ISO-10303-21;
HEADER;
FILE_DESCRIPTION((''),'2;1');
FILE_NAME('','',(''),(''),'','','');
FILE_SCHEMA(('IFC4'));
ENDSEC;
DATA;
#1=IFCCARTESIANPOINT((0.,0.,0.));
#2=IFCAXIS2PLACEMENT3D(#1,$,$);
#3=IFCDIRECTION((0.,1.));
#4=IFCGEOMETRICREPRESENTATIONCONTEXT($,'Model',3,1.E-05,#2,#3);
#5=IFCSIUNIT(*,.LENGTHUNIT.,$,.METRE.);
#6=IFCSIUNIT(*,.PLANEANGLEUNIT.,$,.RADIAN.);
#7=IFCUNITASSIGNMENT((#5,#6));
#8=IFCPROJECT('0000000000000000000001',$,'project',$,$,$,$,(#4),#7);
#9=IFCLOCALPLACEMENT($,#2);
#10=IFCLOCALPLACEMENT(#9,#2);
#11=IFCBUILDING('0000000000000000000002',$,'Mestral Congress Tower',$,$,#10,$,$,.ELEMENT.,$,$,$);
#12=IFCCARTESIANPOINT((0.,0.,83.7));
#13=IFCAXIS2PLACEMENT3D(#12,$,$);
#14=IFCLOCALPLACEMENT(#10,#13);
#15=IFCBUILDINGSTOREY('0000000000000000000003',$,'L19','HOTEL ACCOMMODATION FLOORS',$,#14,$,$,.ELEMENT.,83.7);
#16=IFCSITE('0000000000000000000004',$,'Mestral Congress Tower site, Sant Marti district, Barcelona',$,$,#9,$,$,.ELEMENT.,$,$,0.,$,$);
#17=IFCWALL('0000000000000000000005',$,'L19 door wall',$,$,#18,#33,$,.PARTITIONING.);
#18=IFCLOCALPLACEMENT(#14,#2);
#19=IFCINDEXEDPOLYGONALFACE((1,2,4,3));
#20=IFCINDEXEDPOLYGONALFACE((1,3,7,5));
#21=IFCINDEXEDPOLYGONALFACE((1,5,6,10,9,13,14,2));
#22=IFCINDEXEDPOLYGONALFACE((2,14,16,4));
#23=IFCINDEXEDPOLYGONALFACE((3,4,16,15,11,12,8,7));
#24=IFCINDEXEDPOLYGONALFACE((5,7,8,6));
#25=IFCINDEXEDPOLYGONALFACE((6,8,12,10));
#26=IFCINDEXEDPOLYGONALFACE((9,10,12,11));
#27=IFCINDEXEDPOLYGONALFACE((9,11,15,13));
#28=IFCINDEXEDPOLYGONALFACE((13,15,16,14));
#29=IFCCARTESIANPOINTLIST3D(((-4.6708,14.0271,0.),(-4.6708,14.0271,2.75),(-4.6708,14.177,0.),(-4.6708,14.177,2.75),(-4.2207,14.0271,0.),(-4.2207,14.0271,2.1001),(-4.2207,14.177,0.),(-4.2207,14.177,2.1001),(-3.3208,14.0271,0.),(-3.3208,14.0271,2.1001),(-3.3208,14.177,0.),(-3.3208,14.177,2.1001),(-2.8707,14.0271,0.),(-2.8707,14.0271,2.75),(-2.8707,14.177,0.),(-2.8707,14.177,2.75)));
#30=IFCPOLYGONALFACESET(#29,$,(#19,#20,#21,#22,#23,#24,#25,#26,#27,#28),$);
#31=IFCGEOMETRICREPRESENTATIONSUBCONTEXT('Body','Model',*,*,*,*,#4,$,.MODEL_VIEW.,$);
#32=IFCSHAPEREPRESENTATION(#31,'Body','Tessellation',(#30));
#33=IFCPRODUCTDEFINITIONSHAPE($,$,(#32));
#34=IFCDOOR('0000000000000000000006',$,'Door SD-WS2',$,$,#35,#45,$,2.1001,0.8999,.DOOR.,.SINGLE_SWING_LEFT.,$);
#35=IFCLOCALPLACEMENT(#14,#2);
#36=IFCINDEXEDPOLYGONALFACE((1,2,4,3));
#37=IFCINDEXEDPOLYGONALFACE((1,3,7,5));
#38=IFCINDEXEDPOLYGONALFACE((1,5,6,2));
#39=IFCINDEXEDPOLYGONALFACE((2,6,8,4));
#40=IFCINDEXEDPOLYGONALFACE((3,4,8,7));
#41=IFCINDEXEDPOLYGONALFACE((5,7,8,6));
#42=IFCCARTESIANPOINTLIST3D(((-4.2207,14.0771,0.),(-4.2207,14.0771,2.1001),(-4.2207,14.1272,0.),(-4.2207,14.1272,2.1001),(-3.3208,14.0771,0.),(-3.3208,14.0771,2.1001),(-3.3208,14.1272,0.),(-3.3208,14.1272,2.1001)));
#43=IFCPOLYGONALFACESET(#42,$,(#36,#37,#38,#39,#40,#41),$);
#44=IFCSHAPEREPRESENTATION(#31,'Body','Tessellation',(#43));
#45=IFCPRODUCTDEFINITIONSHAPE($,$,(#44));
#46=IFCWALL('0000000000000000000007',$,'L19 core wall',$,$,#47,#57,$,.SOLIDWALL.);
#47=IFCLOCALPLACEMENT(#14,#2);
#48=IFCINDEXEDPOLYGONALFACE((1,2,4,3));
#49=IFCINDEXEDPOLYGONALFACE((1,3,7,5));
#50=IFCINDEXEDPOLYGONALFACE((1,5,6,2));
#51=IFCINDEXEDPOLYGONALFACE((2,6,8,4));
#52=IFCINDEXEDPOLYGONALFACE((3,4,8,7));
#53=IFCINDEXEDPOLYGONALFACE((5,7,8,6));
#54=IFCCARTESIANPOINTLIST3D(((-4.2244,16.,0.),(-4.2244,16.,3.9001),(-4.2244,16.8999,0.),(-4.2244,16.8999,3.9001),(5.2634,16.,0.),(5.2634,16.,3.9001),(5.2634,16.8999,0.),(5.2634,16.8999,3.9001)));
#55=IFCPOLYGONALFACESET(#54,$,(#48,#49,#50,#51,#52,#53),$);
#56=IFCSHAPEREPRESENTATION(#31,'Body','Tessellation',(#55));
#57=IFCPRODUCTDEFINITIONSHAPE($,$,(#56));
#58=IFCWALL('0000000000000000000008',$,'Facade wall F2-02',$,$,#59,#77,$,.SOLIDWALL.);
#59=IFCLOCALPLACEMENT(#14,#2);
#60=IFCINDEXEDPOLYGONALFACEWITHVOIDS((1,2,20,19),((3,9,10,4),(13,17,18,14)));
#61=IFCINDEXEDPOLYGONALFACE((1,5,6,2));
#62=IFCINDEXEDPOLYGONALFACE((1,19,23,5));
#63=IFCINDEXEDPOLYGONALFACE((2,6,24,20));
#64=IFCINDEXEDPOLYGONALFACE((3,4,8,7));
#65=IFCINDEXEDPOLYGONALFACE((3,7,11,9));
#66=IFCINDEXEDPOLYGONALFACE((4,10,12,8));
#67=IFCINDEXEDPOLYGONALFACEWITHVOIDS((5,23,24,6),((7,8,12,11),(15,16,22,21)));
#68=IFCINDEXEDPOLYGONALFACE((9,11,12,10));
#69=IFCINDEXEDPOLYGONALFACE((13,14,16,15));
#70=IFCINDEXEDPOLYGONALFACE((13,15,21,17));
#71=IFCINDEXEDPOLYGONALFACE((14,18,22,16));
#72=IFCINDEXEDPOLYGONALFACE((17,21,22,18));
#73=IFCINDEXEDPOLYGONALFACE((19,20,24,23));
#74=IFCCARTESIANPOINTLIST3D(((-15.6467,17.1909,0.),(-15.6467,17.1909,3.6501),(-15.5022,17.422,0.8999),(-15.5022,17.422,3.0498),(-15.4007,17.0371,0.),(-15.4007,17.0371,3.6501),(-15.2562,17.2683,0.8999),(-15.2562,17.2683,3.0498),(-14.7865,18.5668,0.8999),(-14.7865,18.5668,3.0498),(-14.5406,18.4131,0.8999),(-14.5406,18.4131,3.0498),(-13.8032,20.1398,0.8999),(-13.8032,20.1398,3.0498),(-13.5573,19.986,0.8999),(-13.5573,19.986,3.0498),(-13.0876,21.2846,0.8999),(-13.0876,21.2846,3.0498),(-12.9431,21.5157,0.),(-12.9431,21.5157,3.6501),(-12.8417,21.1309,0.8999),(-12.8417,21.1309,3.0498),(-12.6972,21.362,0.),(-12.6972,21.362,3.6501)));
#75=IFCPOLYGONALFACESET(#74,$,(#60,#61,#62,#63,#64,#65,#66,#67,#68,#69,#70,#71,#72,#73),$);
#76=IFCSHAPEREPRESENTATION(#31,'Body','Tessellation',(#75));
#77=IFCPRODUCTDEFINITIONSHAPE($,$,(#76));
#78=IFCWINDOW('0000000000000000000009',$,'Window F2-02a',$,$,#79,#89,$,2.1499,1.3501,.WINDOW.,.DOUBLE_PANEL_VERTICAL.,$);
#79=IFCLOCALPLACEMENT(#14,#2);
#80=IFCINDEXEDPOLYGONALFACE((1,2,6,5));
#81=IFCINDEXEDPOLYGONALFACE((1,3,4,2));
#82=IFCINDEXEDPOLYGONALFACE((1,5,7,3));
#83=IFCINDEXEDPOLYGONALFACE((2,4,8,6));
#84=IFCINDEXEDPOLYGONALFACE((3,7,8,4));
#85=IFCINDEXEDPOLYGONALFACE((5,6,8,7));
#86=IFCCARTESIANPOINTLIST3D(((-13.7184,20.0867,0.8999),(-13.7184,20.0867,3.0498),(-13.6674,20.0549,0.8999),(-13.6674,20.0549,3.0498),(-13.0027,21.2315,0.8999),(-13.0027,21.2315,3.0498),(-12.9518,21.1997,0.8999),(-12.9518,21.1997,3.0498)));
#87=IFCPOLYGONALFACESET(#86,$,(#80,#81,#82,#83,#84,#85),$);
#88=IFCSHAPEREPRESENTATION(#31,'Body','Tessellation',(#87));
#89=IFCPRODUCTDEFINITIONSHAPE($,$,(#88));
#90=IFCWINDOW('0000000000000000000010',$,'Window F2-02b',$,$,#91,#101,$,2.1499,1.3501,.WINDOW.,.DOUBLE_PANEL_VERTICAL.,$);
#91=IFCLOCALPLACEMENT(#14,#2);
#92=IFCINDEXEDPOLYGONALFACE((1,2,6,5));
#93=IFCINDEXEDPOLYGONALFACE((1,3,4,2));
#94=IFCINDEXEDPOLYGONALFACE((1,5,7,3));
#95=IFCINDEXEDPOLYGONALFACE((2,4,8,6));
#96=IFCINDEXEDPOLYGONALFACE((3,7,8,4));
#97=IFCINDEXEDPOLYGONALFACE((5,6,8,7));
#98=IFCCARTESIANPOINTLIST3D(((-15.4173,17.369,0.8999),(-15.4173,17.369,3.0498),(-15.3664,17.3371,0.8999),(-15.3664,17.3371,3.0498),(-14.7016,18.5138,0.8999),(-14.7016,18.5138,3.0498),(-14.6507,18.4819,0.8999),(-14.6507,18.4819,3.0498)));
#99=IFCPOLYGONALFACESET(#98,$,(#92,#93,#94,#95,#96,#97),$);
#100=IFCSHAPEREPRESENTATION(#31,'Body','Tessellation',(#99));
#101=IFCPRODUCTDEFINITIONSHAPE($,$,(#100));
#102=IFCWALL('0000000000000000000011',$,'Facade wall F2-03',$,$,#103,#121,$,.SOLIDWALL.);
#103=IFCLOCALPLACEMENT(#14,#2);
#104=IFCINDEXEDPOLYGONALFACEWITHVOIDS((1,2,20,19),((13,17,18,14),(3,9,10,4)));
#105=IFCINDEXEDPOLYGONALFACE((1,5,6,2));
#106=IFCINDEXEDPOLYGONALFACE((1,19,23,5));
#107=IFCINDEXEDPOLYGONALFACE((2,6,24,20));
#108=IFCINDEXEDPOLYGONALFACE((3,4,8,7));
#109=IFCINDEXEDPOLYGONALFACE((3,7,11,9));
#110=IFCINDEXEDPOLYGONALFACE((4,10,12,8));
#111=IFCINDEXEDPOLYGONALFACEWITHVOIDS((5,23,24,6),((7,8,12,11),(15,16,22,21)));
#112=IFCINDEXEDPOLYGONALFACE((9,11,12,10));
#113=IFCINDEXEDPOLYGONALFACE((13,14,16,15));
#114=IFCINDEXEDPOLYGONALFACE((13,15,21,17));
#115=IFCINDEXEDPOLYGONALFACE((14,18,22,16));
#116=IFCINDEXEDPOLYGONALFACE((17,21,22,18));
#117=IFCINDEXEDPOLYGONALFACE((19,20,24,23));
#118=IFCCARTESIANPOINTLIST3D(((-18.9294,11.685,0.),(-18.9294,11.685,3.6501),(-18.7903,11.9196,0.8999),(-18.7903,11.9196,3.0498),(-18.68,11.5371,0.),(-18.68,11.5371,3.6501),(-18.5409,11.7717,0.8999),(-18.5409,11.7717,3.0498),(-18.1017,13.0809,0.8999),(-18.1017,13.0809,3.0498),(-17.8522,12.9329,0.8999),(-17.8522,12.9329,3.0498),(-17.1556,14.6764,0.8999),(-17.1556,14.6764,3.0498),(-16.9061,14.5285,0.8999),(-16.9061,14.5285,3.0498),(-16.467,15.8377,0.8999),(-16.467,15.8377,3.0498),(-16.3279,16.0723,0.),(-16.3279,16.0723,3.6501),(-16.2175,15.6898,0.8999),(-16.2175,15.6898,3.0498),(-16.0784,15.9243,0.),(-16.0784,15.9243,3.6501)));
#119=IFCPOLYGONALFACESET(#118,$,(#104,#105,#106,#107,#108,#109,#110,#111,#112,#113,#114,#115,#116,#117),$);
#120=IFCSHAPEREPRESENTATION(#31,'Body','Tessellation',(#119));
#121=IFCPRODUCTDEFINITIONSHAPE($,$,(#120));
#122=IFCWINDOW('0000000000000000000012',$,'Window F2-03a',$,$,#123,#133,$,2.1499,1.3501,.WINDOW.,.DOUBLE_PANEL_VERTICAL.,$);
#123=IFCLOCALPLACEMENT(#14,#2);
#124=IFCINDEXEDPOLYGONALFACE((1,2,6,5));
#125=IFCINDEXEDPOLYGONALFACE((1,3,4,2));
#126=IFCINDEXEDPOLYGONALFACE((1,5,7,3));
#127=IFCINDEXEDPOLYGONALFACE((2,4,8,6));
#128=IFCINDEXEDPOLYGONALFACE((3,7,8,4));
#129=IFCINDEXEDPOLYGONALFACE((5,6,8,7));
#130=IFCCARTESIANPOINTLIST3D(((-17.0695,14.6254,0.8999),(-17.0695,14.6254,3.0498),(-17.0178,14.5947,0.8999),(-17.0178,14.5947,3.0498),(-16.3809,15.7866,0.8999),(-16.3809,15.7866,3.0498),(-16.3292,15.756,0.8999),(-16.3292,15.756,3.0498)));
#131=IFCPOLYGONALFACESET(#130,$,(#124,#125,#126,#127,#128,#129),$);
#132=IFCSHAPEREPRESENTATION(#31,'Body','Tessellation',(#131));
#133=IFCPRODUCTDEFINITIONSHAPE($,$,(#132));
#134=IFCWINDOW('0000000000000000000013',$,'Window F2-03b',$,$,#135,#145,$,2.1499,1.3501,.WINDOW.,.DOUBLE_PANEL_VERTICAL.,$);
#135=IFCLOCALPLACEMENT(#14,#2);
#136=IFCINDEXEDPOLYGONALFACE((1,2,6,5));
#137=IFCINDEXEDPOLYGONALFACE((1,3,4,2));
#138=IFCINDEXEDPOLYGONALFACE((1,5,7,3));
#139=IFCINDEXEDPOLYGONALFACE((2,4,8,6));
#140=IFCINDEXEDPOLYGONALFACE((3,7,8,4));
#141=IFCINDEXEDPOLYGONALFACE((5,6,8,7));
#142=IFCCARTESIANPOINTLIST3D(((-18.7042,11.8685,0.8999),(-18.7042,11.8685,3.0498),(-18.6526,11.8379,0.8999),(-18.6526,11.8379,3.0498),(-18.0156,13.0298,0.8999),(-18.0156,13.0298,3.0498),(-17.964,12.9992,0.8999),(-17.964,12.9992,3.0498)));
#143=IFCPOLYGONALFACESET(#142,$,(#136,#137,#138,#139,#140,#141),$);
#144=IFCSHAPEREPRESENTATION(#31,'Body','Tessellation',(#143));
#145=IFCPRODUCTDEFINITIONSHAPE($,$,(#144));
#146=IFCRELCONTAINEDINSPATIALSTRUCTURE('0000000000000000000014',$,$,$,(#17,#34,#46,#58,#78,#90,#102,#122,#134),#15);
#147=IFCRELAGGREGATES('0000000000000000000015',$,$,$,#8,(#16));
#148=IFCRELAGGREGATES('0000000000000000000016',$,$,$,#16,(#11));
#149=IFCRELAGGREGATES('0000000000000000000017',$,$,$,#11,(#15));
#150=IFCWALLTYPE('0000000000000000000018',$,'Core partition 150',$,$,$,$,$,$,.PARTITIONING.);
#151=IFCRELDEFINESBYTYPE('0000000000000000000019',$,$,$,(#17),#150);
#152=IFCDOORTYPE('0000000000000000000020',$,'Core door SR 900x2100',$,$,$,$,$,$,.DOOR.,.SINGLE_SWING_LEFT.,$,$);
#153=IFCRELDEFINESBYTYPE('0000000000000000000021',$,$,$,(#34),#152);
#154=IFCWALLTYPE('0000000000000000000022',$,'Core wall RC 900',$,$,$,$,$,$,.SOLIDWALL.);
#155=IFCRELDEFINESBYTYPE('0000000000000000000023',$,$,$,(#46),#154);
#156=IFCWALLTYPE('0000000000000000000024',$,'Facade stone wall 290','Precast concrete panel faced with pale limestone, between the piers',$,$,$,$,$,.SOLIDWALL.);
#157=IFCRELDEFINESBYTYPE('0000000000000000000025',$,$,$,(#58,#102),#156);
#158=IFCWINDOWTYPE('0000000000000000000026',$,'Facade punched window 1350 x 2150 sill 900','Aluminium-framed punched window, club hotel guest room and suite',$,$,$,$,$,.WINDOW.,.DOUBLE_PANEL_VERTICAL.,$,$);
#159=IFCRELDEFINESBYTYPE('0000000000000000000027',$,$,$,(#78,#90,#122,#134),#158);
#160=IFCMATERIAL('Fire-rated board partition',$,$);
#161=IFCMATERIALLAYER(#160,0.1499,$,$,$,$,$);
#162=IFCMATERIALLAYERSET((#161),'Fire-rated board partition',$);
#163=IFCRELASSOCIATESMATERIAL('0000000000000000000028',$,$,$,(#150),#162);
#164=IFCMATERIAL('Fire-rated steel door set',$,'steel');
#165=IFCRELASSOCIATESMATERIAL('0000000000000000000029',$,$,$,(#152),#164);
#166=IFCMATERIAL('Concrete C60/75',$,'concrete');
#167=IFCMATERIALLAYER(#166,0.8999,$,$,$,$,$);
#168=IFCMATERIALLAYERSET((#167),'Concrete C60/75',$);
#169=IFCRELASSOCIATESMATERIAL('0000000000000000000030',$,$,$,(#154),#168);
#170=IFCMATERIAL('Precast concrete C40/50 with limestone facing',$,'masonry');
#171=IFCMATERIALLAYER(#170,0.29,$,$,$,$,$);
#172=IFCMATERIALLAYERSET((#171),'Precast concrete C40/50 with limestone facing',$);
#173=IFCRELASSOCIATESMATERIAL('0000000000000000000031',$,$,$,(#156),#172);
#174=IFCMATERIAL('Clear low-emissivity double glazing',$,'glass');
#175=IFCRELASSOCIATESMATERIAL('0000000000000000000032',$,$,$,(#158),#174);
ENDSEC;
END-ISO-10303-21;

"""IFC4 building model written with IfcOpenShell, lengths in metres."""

from ifc_helpers import new_model, si_unit, direction, frame, frame_2d, origin, place, context, subcontext, project, spatial, rectangle, extrude, material, layer, layer_set, type_object, element, fill, save


model = new_model("IFC4")

# Units and contexts
model_context = context("Model", 3, precision=1e-05, world=origin(), true_north=direction((0.0, 1.0)))
body_context = subcontext(model_context, "Body", "Model", "MODEL_VIEW")
ifc_project = project(units=[si_unit("LENGTHUNIT", "METRE"), si_unit("PLANEANGLEUNIT", "RADIAN")], contexts=[model_context])

# Site, building, storey
site_placement = place(None, origin())
site = spatial("IfcSite", under=ifc_project, at=site_placement, Name="Mestral Congress Tower site, Sant Marti district, Barcelona", CompositionType="ELEMENT", RefElevation=0.0)
building_placement = place(site_placement, origin())
building = spatial("IfcBuilding", under=site, at=building_placement, Name="Mestral Congress Tower", CompositionType="ELEMENT")
storey_placement = place(building_placement, frame((0.0, 0.0, 83.7)))
storey = spatial("IfcBuildingStorey", under=building, at=storey_placement, Name="L19", Description="HOTEL ACCOMMODATION FLOORS", CompositionType="ELEMENT", Elevation=83.7)

# Shared definitions
ifc_material_1 = material(Name="Fire-rated board partition")
ifc_layer_1 = layer(ifc_material_1, 0.1499)
ifc_layer_set_1 = layer_set([ifc_layer_1], Name="Fire-rated board partition")
wall_type_1 = type_object("IfcWallType", Name="Core partition 150", PredefinedType="PARTITIONING", material=ifc_layer_set_1)

# Wall, opening, door
wall_1_placement = place(storey_placement, frame((-2.8708, 14.1021, 0.0), z_axis=(0.0, 0.0, 1.0), x_axis=(-1.0, 0.0, 0.0)))
wall_1 = element("IfcWall", 1, at=wall_1_placement, inside=storey, type_object=wall_type_1, Name="L19 door wall", PredefinedType="PARTITIONING", context=body_context, shape_type="SweptSolid", body=[
    extrude(rectangle(XDim=1.8, YDim=0.1499, at=frame_2d((0.8999, 0.0))), origin(), (0.0, 0.0, 1.0), 2.75),
])
opening_1_placement = place(wall_1_placement, frame((0.45, 0.0, 0.0)))
opening_1 = element("IfcOpeningElement", 2, at=opening_1_placement, cuts=wall_1, PredefinedType="OPENING", context=body_context, shape_type="SweptSolid", body=[
    extrude(rectangle(XDim=0.8999, YDim=2.1001, at=frame_2d((0.45, 1.05))), frame((0.0, 0.085, 0.0), z_axis=(0.0, -1.0, 0.0), x_axis=(1.0, 0.0, 0.0)), (0.0, 0.0, 1.0), 0.1699),
])
ifc_material_2 = material(Name="Fire-rated steel door set", Category="steel")
door_type_1 = type_object("IfcDoorType", Name="Core door SR 900x2100", OperationType="SINGLE_SWING_LEFT", PredefinedType="DOOR", material=ifc_material_2)
door_1_placement = place(opening_1_placement, origin())
door_1 = element("IfcDoor", 3, at=door_1_placement, inside=storey, type_object=door_type_1, Name="Door SD-WS2", OperationType="SINGLE_SWING_LEFT", OverallHeight=2.1001, OverallWidth=0.8999, PredefinedType="DOOR", context=body_context, shape_type="SweptSolid", body=[
    extrude(rectangle(XDim=0.8999, YDim=2.1001, at=frame_2d((0.45, 1.05))), frame((0.0, 0.0249, 0.0), z_axis=(0.0, -1.0, 0.0), x_axis=(1.0, 0.0, 0.0)), (0.0, 0.0, 1.0), 0.05),
])
fill(opening_1, door_1)

# Wall
ifc_material_3 = material(Name="Concrete C60/75", Category="concrete")
ifc_layer_2 = layer(ifc_material_3, 0.8999)
ifc_layer_set_2 = layer_set([ifc_layer_2], Name="Concrete C60/75")
wall_type_2 = type_object("IfcWallType", Name="Core wall RC 900", PredefinedType="SOLIDWALL", material=ifc_layer_set_2)
wall_2_placement = place(storey_placement, frame((-4.2244, 16.45, 0.0), z_axis=(0.0, 0.0, 1.0), x_axis=(1.0, 0.0, 0.0)))
element("IfcWall", 4, at=wall_2_placement, inside=storey, type_object=wall_type_2, Name="L19 core wall", PredefinedType="SOLIDWALL", context=body_context, shape_type="SweptSolid", body=[
    extrude(rectangle(XDim=9.4878, YDim=0.8999, at=frame_2d((4.7439, 0.0))), origin(), (0.0, 0.0, 1.0), 3.9001),
])

# Walls, openings, windows
ifc_material_4 = material(Name="Precast concrete C40/50 with limestone facing", Category="masonry")
ifc_layer_3 = layer(ifc_material_4, 0.29)
ifc_layer_set_3 = layer_set([ifc_layer_3], Name="Precast concrete C40/50 with limestone facing")
wall_type_3 = type_object("IfcWallType", Name="Facade stone wall 290", Description="Precast concrete panel faced with pale limestone, between the piers", PredefinedType="SOLIDWALL", material=ifc_layer_set_3)
wall_3_placement = place(storey_placement, frame((-12.8201, 21.439, 0.0), z_axis=(0.0, 0.0, 1.0), x_axis=(-0.530072, -0.847953, 0.0)))
wall_3 = element("IfcWall", 5, at=wall_3_placement, inside=storey, type_object=wall_type_3, Name="Facade wall F2-02", PredefinedType="SOLIDWALL", context=body_context, shape_type="SweptSolid", body=[
    extrude(rectangle(XDim=5.1003, YDim=0.29, at=frame_2d((2.5503, 0.0))), origin(), (0.0, 0.0, 1.0), 3.6501),
])
opening_2_placement = place(wall_3_placement, frame((0.2727, 0.0, 0.8999)))
opening_2 = element("IfcOpeningElement", 6, at=opening_2_placement, cuts=wall_3, PredefinedType="OPENING", context=body_context, shape_type="SweptSolid", body=[
    extrude(rectangle(XDim=1.3501, YDim=2.1499, at=frame_2d((0.675, 1.075))), frame((0.0, 0.155, 0.0), z_axis=(0.0, -1.0, 0.0), x_axis=(1.0, 0.0, 0.0)), (0.0, 0.0, 1.0), 0.3101),
])
opening_3_placement = place(wall_3_placement, frame((3.4778, 0.0, 0.8999)))
opening_3 = element("IfcOpeningElement", 7, at=opening_3_placement, cuts=wall_3, PredefinedType="OPENING", context=body_context, shape_type="SweptSolid", body=[
    extrude(rectangle(XDim=1.3501, YDim=2.1499, at=frame_2d((0.675, 1.075))), frame((0.0, 0.155, 0.0), z_axis=(0.0, -1.0, 0.0), x_axis=(1.0, 0.0, 0.0)), (0.0, 0.0, 1.0), 0.3101),
])
ifc_material_5 = material(Name="Clear low-emissivity double glazing", Category="glass")
window_type = type_object("IfcWindowType", Name="Facade punched window 1350 x 2150 sill 900", Description="Aluminium-framed punched window, club hotel guest room and suite", PartitioningType="DOUBLE_PANEL_VERTICAL", PredefinedType="WINDOW", material=ifc_material_5)
window_1_placement = place(opening_2_placement, origin())
window_1 = element("IfcWindow", 8, at=window_1_placement, inside=storey, type_object=window_type, Name="Window F2-02a", OverallHeight=2.1499, OverallWidth=1.3501, PartitioningType="DOUBLE_PANEL_VERTICAL", PredefinedType="WINDOW", context=body_context, shape_type="SweptSolid", body=[
    extrude(rectangle(XDim=1.3501, YDim=2.1499, at=frame_2d((0.675, 1.075))), frame((0.0, 0.0151, 0.0), z_axis=(0.0, -1.0, 0.0), x_axis=(1.0, 0.0, 0.0)), (0.0, 0.0, 1.0), 0.0601),
])
fill(opening_2, window_1)
window_2_placement = place(opening_3_placement, origin())
window_2 = element("IfcWindow", 9, at=window_2_placement, inside=storey, type_object=window_type, Name="Window F2-02b", OverallHeight=2.1499, OverallWidth=1.3501, PartitioningType="DOUBLE_PANEL_VERTICAL", PredefinedType="WINDOW", context=body_context, shape_type="SweptSolid", body=[
    extrude(rectangle(XDim=1.3501, YDim=2.1499, at=frame_2d((0.675, 1.075))), frame((0.0, 0.0151, 0.0), z_axis=(0.0, -1.0, 0.0), x_axis=(1.0, 0.0, 0.0)), (0.0, 0.0, 1.0), 0.0601),
])
fill(opening_3, window_2)
wall_4_placement = place(storey_placement, frame((-16.2031, 15.9983, 0.0), z_axis=(0.0, 0.0, 1.0), x_axis=(-0.510054, -0.860142, 0.0)))
wall_4 = element("IfcWall", 10, at=wall_4_placement, inside=storey, type_object=wall_type_3, Name="Facade wall F2-03", PredefinedType="SOLIDWALL", context=body_context, shape_type="SweptSolid", body=[
    extrude(rectangle(XDim=5.1006, YDim=0.29, at=frame_2d((2.5503, 0.0))), origin(), (0.0, 0.0, 1.0), 3.6501),
])
opening_4_placement = place(wall_4_placement, frame((0.2727, 0.0, 0.8999)))
opening_4 = element("IfcOpeningElement", 11, at=opening_4_placement, cuts=wall_4, PredefinedType="OPENING", context=body_context, shape_type="SweptSolid", body=[
    extrude(rectangle(XDim=1.3501, YDim=2.1499, at=frame_2d((0.675, 1.075))), frame((0.0, 0.155, 0.0), z_axis=(0.0, -1.0, 0.0), x_axis=(1.0, 0.0, 0.0)), (0.0, 0.0, 1.0), 0.3101),
])
opening_5_placement = place(wall_4_placement, frame((3.4778, 0.0, 0.8999)))
opening_5 = element("IfcOpeningElement", 12, at=opening_5_placement, cuts=wall_4, PredefinedType="OPENING", context=body_context, shape_type="SweptSolid", body=[
    extrude(rectangle(XDim=1.3501, YDim=2.1499, at=frame_2d((0.675, 1.075))), frame((0.0, 0.155, 0.0), z_axis=(0.0, -1.0, 0.0), x_axis=(1.0, 0.0, 0.0)), (0.0, 0.0, 1.0), 0.3101),
])
window_3_placement = place(opening_4_placement, origin())
window_3 = element("IfcWindow", 13, at=window_3_placement, inside=storey, type_object=window_type, Name="Window F2-03a", OverallHeight=2.1499, OverallWidth=1.3501, PartitioningType="DOUBLE_PANEL_VERTICAL", PredefinedType="WINDOW", context=body_context, shape_type="SweptSolid", body=[
    extrude(rectangle(XDim=1.3501, YDim=2.1499, at=frame_2d((0.675, 1.075))), frame((0.0, 0.0151, 0.0), z_axis=(0.0, -1.0, 0.0), x_axis=(1.0, 0.0, 0.0)), (0.0, 0.0, 1.0), 0.0601),
])
fill(opening_4, window_3)
window_4_placement = place(opening_5_placement, origin())
window_4 = element("IfcWindow", 14, at=window_4_placement, inside=storey, type_object=window_type, Name="Window F2-03b", OverallHeight=2.1499, OverallWidth=1.3501, PartitioningType="DOUBLE_PANEL_VERTICAL", PredefinedType="WINDOW", context=body_context, shape_type="SweptSolid", body=[
    extrude(rectangle(XDim=1.3501, YDim=2.1499, at=frame_2d((0.675, 1.075))), frame((0.0, 0.0151, 0.0), z_axis=(0.0, -1.0, 0.0), x_axis=(1.0, 0.0, 0.0)), (0.0, 0.0, 1.0), 0.0601),
])
fill(opening_5, window_4)

save(model, "model.ifc")
